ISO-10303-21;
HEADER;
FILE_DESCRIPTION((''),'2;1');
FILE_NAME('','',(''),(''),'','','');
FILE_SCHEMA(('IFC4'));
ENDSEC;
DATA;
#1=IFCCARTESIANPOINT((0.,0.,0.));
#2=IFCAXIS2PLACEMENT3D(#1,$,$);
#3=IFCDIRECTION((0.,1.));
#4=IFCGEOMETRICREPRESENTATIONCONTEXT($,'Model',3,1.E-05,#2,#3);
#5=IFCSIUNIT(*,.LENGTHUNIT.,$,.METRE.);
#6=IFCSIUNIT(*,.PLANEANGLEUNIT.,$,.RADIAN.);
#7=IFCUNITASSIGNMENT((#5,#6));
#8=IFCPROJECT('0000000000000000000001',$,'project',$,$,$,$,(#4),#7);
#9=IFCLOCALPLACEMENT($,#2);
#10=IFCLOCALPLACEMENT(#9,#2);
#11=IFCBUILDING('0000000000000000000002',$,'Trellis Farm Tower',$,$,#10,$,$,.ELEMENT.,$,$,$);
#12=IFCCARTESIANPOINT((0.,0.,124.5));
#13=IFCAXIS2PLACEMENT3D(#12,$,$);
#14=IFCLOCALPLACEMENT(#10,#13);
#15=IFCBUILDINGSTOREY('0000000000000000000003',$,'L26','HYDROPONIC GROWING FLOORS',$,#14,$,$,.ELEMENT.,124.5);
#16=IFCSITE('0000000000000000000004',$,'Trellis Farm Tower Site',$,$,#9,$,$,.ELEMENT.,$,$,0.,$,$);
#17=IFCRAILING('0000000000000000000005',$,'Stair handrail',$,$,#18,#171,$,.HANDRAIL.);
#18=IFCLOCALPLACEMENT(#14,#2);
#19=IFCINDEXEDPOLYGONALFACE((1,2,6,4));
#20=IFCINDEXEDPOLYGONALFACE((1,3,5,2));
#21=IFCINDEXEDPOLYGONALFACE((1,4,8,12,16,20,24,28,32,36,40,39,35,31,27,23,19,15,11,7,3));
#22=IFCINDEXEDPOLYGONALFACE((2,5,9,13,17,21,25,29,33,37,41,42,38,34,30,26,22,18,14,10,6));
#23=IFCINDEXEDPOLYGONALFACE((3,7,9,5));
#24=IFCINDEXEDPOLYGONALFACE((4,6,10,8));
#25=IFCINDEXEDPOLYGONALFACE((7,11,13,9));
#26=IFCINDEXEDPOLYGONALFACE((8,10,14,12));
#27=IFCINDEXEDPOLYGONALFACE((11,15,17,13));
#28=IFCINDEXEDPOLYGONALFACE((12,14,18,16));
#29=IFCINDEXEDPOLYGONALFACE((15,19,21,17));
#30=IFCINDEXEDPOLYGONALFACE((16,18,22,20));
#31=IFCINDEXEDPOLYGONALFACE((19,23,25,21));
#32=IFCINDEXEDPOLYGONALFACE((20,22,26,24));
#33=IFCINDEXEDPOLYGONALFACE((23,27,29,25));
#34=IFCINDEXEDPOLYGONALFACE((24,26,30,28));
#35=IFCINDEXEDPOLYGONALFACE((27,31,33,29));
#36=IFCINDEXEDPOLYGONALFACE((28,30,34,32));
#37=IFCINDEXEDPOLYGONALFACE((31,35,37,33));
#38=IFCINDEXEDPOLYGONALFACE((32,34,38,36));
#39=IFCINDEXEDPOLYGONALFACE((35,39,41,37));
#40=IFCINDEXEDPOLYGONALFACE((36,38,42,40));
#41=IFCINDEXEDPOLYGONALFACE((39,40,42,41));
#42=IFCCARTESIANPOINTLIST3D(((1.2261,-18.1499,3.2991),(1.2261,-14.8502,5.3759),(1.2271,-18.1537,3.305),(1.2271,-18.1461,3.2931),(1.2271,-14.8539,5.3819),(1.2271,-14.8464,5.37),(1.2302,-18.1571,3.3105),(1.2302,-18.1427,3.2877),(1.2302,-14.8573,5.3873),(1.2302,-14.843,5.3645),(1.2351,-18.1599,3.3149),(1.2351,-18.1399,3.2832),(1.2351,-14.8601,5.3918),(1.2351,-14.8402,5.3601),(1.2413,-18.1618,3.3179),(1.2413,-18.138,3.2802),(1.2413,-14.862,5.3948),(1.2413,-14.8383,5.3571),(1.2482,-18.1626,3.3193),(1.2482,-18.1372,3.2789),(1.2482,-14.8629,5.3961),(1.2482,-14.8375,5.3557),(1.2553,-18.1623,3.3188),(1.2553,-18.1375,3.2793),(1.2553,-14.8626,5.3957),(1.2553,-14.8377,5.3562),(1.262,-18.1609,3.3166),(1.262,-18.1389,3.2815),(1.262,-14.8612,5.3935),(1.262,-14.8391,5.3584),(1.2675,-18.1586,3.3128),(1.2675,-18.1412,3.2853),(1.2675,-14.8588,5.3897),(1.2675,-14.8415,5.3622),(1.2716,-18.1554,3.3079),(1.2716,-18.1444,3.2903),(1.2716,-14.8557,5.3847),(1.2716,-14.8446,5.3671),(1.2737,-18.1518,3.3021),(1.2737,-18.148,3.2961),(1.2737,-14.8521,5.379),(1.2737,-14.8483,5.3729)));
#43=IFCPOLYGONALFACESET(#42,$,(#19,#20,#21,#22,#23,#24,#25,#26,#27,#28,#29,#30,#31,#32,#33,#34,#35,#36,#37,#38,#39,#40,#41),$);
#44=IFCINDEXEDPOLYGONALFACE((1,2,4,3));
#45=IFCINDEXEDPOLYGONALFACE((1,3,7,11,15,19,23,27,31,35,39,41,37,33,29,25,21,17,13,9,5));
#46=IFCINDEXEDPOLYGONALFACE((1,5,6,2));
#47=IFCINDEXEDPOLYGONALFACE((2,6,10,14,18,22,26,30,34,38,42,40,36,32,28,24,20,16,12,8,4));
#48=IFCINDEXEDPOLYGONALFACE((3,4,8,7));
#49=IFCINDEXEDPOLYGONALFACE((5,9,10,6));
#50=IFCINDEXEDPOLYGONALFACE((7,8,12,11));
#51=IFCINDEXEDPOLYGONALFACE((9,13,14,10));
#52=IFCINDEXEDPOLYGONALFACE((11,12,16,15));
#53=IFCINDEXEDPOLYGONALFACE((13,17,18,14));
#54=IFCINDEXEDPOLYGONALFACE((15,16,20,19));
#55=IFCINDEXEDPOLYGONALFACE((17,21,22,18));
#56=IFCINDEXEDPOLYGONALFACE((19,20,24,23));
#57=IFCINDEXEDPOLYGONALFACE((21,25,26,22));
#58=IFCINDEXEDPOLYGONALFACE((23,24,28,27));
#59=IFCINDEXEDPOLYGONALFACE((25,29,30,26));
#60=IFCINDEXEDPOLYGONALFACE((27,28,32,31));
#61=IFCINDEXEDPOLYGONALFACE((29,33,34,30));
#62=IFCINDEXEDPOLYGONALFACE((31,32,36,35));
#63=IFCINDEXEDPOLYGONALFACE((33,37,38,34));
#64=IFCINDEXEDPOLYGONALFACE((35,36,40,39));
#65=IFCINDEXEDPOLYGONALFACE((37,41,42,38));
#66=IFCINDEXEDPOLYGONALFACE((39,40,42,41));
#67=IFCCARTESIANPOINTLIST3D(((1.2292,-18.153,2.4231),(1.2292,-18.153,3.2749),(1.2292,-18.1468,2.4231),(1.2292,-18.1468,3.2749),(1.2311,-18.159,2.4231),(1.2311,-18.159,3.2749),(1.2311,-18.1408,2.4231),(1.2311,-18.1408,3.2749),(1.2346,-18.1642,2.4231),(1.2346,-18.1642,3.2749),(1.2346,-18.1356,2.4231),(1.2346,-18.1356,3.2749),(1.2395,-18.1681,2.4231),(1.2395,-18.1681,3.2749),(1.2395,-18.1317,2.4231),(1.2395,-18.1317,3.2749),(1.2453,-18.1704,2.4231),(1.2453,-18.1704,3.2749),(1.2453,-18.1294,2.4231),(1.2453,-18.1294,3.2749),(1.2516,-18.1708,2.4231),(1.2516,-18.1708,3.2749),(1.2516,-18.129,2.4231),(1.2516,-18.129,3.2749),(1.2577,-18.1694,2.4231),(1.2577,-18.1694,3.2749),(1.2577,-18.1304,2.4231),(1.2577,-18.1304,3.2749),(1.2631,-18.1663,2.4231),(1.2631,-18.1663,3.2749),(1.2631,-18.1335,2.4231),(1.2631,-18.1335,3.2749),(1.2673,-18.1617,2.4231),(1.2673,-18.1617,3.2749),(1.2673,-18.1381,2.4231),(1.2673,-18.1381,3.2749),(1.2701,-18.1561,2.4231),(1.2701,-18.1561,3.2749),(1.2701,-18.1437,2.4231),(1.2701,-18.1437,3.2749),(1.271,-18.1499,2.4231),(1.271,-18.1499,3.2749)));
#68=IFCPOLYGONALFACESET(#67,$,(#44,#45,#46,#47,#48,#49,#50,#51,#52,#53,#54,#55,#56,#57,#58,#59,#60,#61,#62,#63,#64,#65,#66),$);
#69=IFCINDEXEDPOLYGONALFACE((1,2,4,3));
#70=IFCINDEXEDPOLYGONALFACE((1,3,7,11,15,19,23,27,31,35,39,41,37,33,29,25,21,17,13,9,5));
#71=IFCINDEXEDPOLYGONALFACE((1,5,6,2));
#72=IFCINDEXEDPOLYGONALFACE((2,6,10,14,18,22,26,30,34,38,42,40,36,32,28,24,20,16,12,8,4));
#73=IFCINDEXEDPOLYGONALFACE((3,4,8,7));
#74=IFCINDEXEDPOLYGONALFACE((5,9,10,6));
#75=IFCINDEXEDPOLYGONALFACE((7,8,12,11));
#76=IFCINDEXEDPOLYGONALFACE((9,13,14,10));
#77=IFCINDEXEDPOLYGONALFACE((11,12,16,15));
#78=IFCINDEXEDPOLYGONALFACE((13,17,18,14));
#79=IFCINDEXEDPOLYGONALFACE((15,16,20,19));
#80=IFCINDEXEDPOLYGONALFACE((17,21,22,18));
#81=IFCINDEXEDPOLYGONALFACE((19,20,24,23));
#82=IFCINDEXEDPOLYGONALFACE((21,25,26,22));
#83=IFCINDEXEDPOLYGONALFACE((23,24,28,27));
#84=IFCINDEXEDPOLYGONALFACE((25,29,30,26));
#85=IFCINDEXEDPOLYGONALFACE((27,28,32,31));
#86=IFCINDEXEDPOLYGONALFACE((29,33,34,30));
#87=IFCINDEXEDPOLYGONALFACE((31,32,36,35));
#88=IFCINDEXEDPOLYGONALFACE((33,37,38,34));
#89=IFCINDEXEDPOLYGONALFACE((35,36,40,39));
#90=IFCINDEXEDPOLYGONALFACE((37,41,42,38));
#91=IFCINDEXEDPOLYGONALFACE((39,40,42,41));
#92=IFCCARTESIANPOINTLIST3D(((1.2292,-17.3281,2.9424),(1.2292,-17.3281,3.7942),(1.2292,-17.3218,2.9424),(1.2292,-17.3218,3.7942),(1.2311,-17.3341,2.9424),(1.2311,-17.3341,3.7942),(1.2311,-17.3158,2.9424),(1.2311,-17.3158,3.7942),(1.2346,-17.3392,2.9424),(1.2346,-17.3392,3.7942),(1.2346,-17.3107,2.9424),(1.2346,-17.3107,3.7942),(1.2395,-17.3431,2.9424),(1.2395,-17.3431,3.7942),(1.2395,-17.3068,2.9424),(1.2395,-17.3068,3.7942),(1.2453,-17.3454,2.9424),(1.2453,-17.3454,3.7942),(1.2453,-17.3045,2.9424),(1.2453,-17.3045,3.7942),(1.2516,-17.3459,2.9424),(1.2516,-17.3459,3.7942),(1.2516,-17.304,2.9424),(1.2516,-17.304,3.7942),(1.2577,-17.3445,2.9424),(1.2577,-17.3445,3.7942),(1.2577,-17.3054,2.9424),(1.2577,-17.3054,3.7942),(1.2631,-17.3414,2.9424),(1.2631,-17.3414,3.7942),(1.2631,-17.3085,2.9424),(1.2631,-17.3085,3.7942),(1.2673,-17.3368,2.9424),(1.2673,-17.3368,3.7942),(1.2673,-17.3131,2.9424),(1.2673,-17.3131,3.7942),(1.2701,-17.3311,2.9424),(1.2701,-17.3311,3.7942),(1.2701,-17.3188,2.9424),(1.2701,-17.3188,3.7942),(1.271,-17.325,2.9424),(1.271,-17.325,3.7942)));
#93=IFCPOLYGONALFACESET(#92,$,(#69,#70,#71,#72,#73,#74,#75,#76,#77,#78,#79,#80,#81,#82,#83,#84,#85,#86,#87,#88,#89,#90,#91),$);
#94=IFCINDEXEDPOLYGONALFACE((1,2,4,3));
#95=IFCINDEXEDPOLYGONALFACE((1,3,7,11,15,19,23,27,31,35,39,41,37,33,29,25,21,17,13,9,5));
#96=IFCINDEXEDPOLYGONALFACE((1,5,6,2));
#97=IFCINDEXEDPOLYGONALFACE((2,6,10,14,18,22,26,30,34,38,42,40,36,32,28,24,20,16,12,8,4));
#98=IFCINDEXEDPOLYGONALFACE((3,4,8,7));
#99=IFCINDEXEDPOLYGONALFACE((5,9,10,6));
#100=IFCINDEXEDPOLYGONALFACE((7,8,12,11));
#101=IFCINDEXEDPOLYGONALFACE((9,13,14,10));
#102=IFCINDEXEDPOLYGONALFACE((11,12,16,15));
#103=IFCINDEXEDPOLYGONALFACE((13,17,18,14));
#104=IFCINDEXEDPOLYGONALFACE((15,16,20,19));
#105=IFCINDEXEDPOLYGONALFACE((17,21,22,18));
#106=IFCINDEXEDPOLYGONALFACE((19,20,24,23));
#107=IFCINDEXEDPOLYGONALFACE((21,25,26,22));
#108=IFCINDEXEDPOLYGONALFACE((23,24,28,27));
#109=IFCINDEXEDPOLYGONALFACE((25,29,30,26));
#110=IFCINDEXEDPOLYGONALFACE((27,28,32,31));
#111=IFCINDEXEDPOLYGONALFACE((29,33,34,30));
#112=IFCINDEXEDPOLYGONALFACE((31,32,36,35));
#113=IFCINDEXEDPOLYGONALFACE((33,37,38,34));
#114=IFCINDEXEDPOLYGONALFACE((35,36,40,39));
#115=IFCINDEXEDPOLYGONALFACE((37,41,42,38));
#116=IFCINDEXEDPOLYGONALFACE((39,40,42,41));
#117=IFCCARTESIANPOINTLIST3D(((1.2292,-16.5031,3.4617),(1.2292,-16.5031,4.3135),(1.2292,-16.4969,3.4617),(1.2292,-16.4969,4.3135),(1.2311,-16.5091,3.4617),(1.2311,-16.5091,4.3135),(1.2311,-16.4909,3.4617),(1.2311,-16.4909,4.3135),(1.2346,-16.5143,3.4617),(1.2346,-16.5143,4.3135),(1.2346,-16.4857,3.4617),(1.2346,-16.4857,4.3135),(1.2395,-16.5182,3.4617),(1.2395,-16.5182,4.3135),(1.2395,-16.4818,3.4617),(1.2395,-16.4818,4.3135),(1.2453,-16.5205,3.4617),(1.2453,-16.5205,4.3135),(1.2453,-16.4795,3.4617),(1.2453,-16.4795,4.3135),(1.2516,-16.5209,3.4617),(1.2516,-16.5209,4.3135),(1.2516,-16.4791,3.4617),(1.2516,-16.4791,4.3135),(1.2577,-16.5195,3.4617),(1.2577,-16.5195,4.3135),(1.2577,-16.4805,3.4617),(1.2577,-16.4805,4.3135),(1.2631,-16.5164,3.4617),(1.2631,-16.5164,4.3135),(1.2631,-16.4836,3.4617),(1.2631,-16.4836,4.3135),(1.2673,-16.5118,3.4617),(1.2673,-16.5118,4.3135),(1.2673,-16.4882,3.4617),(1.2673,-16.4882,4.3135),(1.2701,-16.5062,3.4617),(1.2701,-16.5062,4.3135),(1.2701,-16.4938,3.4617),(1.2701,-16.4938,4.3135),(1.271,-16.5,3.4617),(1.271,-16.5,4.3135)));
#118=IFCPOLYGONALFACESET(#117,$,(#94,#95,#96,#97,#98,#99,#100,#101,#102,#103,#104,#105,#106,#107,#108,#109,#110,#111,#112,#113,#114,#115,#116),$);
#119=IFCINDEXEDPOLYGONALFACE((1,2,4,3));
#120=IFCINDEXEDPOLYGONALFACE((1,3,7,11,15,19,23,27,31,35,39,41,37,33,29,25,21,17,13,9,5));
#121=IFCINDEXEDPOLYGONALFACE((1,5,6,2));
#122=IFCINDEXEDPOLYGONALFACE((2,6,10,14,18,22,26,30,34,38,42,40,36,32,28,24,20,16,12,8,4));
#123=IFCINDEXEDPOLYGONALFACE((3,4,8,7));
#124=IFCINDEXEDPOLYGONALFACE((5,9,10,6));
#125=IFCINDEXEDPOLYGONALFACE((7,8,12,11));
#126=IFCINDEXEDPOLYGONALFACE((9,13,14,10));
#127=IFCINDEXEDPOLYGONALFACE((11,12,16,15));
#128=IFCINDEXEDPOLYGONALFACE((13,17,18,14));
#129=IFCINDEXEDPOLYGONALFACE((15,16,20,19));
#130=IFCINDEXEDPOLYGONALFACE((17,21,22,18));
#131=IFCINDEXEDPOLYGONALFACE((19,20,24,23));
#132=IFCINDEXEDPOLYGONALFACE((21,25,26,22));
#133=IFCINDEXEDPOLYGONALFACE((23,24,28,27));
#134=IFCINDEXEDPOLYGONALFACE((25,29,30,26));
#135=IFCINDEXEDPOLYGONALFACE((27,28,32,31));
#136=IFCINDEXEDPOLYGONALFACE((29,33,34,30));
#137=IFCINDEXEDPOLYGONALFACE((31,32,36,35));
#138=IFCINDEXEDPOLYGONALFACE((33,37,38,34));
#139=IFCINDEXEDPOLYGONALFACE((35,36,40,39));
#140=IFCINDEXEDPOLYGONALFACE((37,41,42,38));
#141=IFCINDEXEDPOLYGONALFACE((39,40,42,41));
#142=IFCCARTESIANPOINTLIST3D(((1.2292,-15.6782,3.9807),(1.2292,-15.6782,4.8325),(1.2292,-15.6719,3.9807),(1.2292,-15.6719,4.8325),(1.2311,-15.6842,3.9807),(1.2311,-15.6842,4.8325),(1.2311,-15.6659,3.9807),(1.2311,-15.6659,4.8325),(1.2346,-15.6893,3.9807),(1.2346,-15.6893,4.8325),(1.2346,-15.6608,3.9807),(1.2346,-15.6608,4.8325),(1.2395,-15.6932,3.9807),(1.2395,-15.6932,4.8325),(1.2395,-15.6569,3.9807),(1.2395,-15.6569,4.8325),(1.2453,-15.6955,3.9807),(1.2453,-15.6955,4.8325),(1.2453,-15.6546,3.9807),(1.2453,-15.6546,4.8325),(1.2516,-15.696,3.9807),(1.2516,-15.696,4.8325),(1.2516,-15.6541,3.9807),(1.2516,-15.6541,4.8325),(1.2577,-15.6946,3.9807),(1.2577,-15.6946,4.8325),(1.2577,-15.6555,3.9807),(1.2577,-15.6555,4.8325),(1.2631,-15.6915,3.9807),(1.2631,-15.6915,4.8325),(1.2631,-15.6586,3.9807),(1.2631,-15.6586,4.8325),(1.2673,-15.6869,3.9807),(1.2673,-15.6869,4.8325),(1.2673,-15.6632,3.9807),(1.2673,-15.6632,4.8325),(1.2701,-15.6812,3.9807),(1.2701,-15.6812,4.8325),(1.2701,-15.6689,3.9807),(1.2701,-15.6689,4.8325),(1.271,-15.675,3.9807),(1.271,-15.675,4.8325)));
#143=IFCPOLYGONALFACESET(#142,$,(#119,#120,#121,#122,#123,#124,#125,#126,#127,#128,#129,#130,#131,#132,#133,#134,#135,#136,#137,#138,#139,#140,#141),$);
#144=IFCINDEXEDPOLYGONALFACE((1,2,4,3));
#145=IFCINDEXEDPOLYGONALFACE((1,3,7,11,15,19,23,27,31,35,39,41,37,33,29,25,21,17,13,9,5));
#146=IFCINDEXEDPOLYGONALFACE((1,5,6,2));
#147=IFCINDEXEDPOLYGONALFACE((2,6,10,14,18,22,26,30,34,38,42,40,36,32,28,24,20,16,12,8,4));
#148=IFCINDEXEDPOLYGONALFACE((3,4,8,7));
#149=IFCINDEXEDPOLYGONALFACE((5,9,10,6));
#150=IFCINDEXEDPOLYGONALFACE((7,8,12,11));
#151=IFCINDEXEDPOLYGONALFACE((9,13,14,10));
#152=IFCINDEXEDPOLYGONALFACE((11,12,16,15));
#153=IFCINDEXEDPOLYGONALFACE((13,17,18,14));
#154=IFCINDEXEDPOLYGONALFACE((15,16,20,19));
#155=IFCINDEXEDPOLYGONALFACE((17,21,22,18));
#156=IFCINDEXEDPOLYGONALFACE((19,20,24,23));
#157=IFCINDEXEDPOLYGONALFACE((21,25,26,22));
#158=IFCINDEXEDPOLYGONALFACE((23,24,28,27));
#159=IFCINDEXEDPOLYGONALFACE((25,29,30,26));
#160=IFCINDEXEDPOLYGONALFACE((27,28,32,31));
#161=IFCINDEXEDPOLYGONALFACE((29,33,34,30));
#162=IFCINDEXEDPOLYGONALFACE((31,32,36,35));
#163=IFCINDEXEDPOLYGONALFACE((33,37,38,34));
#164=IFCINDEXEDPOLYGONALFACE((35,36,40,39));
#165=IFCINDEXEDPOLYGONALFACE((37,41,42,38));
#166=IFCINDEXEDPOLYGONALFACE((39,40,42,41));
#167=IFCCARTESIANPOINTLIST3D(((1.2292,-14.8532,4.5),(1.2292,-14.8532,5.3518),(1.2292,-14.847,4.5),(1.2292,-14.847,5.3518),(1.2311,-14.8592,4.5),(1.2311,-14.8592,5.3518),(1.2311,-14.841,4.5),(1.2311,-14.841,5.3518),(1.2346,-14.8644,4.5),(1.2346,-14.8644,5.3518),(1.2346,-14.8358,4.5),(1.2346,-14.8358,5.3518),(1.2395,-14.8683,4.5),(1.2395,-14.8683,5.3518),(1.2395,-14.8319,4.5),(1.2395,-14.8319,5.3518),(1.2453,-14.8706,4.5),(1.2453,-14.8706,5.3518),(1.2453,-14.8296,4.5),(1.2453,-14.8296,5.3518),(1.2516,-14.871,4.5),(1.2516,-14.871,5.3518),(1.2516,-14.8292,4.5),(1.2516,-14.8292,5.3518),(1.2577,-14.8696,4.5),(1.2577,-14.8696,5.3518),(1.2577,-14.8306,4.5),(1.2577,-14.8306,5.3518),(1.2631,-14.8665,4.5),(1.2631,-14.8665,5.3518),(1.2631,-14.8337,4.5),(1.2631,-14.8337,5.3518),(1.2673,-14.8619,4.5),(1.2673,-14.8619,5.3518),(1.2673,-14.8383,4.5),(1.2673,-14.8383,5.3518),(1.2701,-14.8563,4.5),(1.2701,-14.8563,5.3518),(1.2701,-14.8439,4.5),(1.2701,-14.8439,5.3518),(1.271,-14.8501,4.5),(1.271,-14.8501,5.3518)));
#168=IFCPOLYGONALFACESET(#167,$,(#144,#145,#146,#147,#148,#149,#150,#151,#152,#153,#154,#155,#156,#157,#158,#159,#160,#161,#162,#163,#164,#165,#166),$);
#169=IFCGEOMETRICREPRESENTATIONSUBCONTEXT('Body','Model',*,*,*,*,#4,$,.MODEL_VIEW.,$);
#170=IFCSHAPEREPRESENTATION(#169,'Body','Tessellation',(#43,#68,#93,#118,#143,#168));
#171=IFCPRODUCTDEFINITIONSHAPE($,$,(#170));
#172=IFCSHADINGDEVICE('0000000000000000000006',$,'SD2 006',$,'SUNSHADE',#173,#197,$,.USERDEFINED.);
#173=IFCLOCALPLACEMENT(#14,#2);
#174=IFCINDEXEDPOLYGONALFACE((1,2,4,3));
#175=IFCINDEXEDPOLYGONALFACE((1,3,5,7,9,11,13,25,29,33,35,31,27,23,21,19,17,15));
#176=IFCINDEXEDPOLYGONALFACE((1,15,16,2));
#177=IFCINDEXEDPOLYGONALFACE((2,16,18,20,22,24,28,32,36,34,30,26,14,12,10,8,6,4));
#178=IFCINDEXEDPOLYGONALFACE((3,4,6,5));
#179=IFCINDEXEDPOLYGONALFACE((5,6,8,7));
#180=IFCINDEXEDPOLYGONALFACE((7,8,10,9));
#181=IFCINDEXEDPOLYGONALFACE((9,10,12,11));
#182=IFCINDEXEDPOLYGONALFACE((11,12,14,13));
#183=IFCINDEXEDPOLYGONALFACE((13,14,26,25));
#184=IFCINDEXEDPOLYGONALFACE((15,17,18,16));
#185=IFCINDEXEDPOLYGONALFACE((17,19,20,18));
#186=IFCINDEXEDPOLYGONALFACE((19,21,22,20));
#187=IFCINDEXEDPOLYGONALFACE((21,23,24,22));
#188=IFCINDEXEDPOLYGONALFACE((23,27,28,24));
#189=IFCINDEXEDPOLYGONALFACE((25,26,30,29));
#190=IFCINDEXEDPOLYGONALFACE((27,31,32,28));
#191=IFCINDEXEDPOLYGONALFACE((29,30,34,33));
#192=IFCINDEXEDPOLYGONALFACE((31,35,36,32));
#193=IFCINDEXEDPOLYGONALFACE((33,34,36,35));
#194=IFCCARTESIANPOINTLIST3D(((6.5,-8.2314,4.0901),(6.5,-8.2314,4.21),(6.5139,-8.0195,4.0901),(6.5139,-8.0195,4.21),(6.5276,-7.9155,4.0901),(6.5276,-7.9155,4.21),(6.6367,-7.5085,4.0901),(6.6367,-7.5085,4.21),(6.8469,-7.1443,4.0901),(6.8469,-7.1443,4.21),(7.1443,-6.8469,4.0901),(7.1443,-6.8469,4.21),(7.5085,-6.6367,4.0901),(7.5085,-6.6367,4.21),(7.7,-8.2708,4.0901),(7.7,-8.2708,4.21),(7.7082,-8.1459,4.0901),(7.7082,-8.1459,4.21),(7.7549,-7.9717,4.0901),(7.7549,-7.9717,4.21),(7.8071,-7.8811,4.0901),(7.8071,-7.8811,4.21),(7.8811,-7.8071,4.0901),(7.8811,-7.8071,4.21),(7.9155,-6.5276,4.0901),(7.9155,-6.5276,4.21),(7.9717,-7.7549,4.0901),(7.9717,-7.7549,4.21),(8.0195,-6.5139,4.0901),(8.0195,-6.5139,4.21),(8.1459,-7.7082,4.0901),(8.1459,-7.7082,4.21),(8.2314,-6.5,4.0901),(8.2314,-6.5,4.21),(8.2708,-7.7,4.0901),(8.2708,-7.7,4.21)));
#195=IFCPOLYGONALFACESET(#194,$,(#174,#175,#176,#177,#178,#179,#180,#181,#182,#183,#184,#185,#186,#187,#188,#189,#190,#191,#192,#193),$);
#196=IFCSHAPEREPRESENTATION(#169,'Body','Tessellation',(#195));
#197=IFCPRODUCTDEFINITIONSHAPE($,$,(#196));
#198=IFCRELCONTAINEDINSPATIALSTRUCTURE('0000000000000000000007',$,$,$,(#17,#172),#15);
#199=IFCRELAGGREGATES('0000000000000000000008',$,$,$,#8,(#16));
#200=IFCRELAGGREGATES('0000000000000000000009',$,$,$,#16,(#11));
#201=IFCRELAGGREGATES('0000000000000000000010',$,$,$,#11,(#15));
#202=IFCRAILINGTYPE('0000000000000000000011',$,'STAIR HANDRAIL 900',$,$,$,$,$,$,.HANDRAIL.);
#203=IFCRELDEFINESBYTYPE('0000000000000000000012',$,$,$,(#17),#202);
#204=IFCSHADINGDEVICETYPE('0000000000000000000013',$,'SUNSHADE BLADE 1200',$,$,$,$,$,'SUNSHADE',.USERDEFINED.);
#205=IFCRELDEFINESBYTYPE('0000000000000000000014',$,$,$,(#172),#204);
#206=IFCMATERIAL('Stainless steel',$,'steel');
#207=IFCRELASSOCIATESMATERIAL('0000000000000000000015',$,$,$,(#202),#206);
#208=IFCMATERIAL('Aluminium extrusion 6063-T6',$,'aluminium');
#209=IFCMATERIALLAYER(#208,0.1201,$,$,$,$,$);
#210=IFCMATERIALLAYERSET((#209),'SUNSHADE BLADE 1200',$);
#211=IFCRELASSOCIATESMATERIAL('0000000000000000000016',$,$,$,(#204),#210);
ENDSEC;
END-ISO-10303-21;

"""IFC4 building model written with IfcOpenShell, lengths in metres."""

from ifc_helpers import new_model, si_unit, direction, frame, origin, origin_2d, place, context, subcontext, project, spatial, polyline, circle, outline, extrude, source, transform, mapped, material, layer, layer_set, type_object, element, save


model = new_model("IFC4")

# Units and contexts
model_context = context("Model", 3, precision=1e-05, world=origin(), true_north=direction((0.0, 1.0)))
body_context = subcontext(model_context, "Body", "Model", "MODEL_VIEW")
ifc_project = project(units=[si_unit("LENGTHUNIT", "METRE"), si_unit("PLANEANGLEUNIT", "RADIAN")], contexts=[model_context])

# Site, building, storey
site_placement = place(None, origin())
site = spatial("IfcSite", under=ifc_project, at=site_placement, Name="Trellis Farm Tower Site", CompositionType="ELEMENT", RefElevation=0.0)
building_placement = place(site_placement, origin())
building = spatial("IfcBuilding", under=site, at=building_placement, Name="Trellis Farm Tower", CompositionType="ELEMENT")
storey_placement = place(building_placement, frame((0.0, 0.0, 124.5)))
storey = spatial("IfcBuildingStorey", under=building, at=storey_placement, Name="L26", Description="HYDROPONIC GROWING FLOORS", CompositionType="ELEMENT", Elevation=124.5)

# Shared definitions
ifc_material_1 = material(Name="Aluminium extrusion 6063-T6", Category="aluminium")

# Railing
ifc_material_2 = material(Name="Stainless steel", Category="steel")
railing_type = type_object("IfcRailingType", Name="STAIR HANDRAIL 900", PredefinedType="HANDRAIL", material=ifc_material_2)
shared_shape_1 = source(origin(), body_context, "Body", "SweptSolid", [
    extrude(circle(Radius=0.0239, at=origin_2d()), frame((0.0, 0.0, 0.876), z_axis=(0.0, 0.84632, 0.532675), x_axis=(-1.0, 0.0, 0.0)), (0.0, 0.0, 1.0), 3.8989),
    extrude(circle(Radius=0.021, at=origin_2d()), origin(), (0.0, 0.0, 1.0), 0.8518),
    extrude(circle(Radius=0.021, at=origin_2d()), frame((0.0, 0.825, 0.5193)), (0.0, 0.0, 1.0), 0.8518),
    extrude(circle(Radius=0.021, at=origin_2d()), frame((0.0, 1.6499, 1.0386)), (0.0, 0.0, 1.0), 0.8518),
    extrude(circle(Radius=0.021, at=origin_2d()), frame((0.0, 2.4749, 1.5576)), (0.0, 0.0, 1.0), 0.8518),
    extrude(circle(Radius=0.021, at=origin_2d()), frame((0.0, 3.2998, 2.0769)), (0.0, 0.0, 1.0), 0.8518),
])
railing_placement = place(storey_placement, frame((1.25, -18.1499, 2.4231)))
element("IfcRailing", 1, at=railing_placement, inside=storey, type_object=railing_type, Name="Stair handrail", PredefinedType="HANDRAIL", context=body_context, shape_type="MappedRepresentation", body=[
    mapped(shared_shape_1, transform((0.0, 0.0, 0.0))),
])

# Shading device
ifc_layer_1 = layer(ifc_material_1, 0.1201)
ifc_layer_set_1 = layer_set([ifc_layer_1], Name="SUNSHADE BLADE 1200")
shading_device_type = type_object("IfcShadingDeviceType", Name="SUNSHADE BLADE 1200", ElementType="SUNSHADE", PredefinedType="USERDEFINED", material=ifc_layer_set_1)
shared_shape_2 = source(origin(), body_context, "Body", "SweptSolid", [
    extrude(outline(polyline([(7.7, -8.2708), (7.7087, -8.1372), (7.707, -8.1501), (7.7549, -7.9717), (7.8071, -7.8811), (7.8811, -7.8071), (7.9717, -7.7549), (8.1501, -7.707), (8.1372, -7.7087), (8.2708, -7.7), (8.2314, -6.5), (8.0195, -6.5139), (7.9155, -6.5276), (7.5085, -6.6367), (7.1443, -6.8469), (6.8469, -7.1443), (6.6367, -7.5085), (6.5276, -7.9155), (6.5139, -8.0195), (6.5, -8.2314), (7.7, -8.2708)])), origin(), (0.0, 0.0, 1.0), 0.1199),
])
shading_device_placement = place(storey_placement, frame((0.0, 0.0, 4.0901)))
element("IfcShadingDevice", 2, at=shading_device_placement, inside=storey, type_object=shading_device_type, Name="SD2 006", ObjectType="SUNSHADE", PredefinedType="USERDEFINED", context=body_context, shape_type="MappedRepresentation", body=[
    mapped(shared_shape_2, transform((0.0, 0.0, 0.0))),
])

save(model, "model.ifc")
